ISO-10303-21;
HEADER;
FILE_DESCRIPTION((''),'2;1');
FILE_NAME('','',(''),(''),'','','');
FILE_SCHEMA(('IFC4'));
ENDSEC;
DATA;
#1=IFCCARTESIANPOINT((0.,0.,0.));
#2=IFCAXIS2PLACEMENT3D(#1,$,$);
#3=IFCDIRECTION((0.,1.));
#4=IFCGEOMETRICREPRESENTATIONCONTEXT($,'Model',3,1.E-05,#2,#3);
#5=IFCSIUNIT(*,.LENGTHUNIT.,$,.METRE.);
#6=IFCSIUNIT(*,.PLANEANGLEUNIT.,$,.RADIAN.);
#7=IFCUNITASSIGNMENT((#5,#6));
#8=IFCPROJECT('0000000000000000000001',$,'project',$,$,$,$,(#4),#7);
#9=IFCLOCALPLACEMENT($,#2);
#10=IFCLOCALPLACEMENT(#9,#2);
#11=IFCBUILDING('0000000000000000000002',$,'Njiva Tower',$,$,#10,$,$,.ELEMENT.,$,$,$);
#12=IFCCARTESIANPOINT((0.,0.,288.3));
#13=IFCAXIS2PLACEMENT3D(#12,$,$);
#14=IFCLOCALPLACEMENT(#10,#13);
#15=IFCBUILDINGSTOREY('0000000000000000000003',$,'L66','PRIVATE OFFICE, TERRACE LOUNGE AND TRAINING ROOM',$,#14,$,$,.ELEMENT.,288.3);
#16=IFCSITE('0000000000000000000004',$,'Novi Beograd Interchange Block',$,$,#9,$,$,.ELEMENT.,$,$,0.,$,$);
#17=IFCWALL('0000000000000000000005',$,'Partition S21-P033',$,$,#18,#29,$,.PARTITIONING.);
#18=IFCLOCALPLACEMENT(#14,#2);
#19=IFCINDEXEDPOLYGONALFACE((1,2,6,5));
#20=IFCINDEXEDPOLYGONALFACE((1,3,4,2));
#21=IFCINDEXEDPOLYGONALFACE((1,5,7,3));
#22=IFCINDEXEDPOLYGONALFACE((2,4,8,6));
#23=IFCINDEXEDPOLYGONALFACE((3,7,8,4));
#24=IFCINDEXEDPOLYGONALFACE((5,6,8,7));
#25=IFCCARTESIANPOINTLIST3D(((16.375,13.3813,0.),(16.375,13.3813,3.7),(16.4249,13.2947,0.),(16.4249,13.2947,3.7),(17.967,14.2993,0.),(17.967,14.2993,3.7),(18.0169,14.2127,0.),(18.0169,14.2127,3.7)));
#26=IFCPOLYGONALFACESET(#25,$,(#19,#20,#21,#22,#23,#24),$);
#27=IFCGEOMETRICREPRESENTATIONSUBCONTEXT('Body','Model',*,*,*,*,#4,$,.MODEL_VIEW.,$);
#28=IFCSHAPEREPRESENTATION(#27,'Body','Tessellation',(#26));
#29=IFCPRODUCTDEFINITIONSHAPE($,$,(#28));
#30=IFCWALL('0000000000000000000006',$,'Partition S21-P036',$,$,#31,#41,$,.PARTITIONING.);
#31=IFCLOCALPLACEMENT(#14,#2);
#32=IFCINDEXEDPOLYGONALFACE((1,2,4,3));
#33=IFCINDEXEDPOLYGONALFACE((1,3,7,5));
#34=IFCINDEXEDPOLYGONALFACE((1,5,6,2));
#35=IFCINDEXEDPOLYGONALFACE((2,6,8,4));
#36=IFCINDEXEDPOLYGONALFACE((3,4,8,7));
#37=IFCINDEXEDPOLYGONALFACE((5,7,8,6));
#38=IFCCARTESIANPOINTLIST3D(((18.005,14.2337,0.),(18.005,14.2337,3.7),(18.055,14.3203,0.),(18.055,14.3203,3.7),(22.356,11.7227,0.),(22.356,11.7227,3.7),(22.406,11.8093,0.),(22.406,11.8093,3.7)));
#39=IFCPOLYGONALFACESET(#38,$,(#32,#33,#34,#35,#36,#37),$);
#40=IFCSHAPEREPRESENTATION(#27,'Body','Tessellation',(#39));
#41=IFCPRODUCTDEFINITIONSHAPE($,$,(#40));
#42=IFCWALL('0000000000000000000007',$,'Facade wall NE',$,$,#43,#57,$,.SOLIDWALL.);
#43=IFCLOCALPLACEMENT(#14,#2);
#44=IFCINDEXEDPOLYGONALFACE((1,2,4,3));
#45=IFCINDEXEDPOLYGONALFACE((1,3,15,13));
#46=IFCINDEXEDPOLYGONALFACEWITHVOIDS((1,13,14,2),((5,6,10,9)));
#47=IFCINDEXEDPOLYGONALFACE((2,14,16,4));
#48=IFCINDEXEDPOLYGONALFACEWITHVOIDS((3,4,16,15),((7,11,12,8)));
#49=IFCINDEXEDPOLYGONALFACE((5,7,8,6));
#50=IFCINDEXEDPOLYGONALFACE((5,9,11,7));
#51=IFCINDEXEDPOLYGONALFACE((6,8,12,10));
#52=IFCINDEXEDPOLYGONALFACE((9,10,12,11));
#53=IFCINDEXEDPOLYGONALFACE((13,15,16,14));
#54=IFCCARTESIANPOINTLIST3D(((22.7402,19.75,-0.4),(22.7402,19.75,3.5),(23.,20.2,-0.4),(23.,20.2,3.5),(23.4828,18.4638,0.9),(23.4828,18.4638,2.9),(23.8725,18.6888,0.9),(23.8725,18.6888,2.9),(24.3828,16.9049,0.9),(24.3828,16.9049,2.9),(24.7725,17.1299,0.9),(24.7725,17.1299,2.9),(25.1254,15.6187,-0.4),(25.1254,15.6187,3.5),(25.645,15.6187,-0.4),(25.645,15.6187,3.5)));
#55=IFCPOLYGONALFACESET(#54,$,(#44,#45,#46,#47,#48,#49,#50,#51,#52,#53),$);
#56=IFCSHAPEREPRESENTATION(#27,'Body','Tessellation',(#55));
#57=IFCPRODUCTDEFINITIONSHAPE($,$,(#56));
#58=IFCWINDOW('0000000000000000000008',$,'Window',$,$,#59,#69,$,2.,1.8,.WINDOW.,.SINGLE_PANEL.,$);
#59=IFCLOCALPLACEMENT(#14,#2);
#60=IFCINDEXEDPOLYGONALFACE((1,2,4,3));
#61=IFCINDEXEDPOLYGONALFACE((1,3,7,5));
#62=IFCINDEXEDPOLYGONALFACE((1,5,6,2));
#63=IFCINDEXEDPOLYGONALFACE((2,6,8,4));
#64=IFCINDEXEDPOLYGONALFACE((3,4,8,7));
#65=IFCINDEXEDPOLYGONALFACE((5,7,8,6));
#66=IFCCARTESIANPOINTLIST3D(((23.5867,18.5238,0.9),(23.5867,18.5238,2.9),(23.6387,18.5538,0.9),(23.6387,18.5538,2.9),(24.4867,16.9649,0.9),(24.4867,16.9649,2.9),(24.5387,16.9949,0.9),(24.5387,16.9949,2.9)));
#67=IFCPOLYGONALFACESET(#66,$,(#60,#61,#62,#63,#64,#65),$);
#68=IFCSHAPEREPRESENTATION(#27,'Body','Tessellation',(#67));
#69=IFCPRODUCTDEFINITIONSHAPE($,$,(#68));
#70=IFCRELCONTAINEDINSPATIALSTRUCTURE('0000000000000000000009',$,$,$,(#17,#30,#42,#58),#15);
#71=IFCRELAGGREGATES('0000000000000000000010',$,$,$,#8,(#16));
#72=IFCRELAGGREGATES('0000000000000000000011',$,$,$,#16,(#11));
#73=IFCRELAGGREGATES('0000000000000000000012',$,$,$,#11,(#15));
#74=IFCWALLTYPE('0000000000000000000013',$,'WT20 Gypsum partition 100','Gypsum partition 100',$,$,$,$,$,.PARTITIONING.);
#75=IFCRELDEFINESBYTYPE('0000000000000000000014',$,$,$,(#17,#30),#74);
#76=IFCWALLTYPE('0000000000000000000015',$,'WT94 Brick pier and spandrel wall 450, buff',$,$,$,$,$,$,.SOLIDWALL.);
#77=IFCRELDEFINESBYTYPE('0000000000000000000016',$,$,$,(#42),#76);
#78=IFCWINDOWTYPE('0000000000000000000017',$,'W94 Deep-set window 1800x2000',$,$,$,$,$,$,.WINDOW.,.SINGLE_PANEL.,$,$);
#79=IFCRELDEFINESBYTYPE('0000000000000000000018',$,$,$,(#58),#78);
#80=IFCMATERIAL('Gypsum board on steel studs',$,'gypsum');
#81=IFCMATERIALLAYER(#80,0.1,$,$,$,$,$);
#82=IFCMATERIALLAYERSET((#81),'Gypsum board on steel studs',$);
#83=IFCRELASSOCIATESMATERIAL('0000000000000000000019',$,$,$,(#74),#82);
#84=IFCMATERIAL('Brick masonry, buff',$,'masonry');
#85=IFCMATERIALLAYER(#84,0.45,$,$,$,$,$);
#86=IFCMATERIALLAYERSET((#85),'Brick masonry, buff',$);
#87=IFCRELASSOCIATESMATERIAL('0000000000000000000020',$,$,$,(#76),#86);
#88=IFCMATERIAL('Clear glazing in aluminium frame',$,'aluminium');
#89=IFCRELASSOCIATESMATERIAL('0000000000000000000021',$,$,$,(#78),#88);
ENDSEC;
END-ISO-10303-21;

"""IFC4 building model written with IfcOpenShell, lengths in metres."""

from ifc_helpers import new_model, si_unit, direction, frame, frame_2d, origin, place, context, subcontext, project, spatial, polyline, rectangle, outline, extrude, material, layer, layer_set, type_object, element, fill, save


model = new_model("IFC4")

# Units and contexts
model_context = context("Model", 3, precision=1e-05, world=origin(), true_north=direction((0.0, 1.0)))
body_context = subcontext(model_context, "Body", "Model", "MODEL_VIEW")
ifc_project = project(units=[si_unit("LENGTHUNIT", "METRE"), si_unit("PLANEANGLEUNIT", "RADIAN")], contexts=[model_context])

# Site, building, storey
site_placement = place(None, origin())
site = spatial("IfcSite", under=ifc_project, at=site_placement, Name="Novi Beograd Interchange Block", CompositionType="ELEMENT", RefElevation=0.0)
building_placement = place(site_placement, origin())
building = spatial("IfcBuilding", under=site, at=building_placement, Name="Njiva Tower", CompositionType="ELEMENT")
storey_placement = place(building_placement, frame((0.0, 0.0, 288.3)))
storey = spatial("IfcBuildingStorey", under=building, at=storey_placement, Name="L66", Description="PRIVATE OFFICE, TERRACE LOUNGE AND TRAINING ROOM", CompositionType="ELEMENT", Elevation=288.3)

# Walls
ifc_material_1 = material(Name="Gypsum board on steel studs", Category="gypsum")
ifc_layer_1 = layer(ifc_material_1, 0.1)
ifc_layer_set_1 = layer_set([ifc_layer_1], Name="Gypsum board on steel studs")
wall_type_1 = type_object("IfcWallType", Name="WT20 Gypsum partition 100", Description="Gypsum partition 100", PredefinedType="PARTITIONING", material=ifc_layer_set_1)
wall_1_placement = place(storey_placement, frame((16.4, 13.338, 0.0), z_axis=(0.0, 0.0, 1.0), x_axis=(0.866294, 0.499534, 0.0)))
element("IfcWall", 1, at=wall_1_placement, inside=storey, type_object=wall_type_1, Name="Partition S21-P033", PredefinedType="PARTITIONING", context=body_context, shape_type="SweptSolid", body=[
    extrude(rectangle(XDim=1.8377, YDim=0.1, at=frame_2d((0.9188, 0.0))), origin(), (0.0, 0.0, 1.0), 3.7),
])
wall_2_placement = place(storey_placement, frame((18.03, 14.277, 0.0), z_axis=(0.0, 0.0, 1.0), x_axis=(0.866116, -0.499843, 0.0)))
element("IfcWall", 2, at=wall_2_placement, inside=storey, type_object=wall_type_1, Name="Partition S21-P036", PredefinedType="PARTITIONING", context=body_context, shape_type="SweptSolid", body=[
    extrude(rectangle(XDim=5.0236, YDim=0.1, at=frame_2d((2.5118, 0.0))), origin(), (0.0, 0.0, 1.0), 3.7),
])

# Shared definitions
ifc_material_2 = material(Name="Clear glazing in aluminium frame", Category="aluminium")

# Wall, opening, window
ifc_material_3 = material(Name="Brick masonry, buff", Category="masonry")
ifc_layer_2 = layer(ifc_material_3, 0.45)
ifc_layer_set_2 = layer_set([ifc_layer_2], Name="Brick masonry, buff")
wall_type_2 = type_object("IfcWallType", Name="WT94 Brick pier and spandrel wall 450, buff", PredefinedType="SOLIDWALL", material=ifc_layer_set_2)
wall_3_placement = place(storey_placement, frame((25.3852, 15.6187, -0.4), z_axis=(0.0, 0.0, 1.0), x_axis=(-0.499998, 0.866026, 0.0)))
wall_3 = element("IfcWall", 3, at=wall_3_placement, inside=storey, type_object=wall_type_2, Name="Facade wall NE", PredefinedType="SOLIDWALL", context=body_context, shape_type="SweptSolid", body=[
    extrude(outline(polyline([(-0.1299, -0.225), (5.1601, -0.225), (4.9003, 0.225), (0.1299, 0.225), (-0.1299, -0.225)])), origin(), (0.0, 0.0, 1.0), 3.9),
])
opening_1_placement = place(wall_3_placement, frame((1.6151, 0.0, 1.3)))
opening_1 = element("IfcOpeningElement", 4, at=opening_1_placement, cuts=wall_3, PredefinedType="OPENING", context=body_context, shape_type="SweptSolid", body=[
    extrude(rectangle(XDim=1.8, YDim=2.0, at=frame_2d((0.9, 1.0))), frame((0.0, 0.235, 0.0), z_axis=(0.0, -1.0, 0.0), x_axis=(1.0, 0.0, 0.0)), (0.0, 0.0, 1.0), 0.47),
])
window_type_1 = type_object("IfcWindowType", Name="W94 Deep-set window 1800x2000", PartitioningType="SINGLE_PANEL", PredefinedType="WINDOW", material=ifc_material_2)
window_1_placement = place(opening_1_placement, origin())
window_1 = element("IfcWindow", 5, at=window_1_placement, inside=storey, type_object=window_type_1, Name="Window", OverallHeight=2.0, OverallWidth=1.8, PartitioningType="SINGLE_PANEL", PredefinedType="WINDOW", context=body_context, shape_type="SweptSolid", body=[
    extrude(rectangle(XDim=1.8, YDim=2.0, at=frame_2d((0.9, 1.0))), frame((0.0, 0.105, 0.0), z_axis=(0.0, -1.0, 0.0), x_axis=(1.0, 0.0, 0.0)), (0.0, 0.0, 1.0), 0.06),
])
fill(opening_1, window_1)

save(model, "model.ifc")
